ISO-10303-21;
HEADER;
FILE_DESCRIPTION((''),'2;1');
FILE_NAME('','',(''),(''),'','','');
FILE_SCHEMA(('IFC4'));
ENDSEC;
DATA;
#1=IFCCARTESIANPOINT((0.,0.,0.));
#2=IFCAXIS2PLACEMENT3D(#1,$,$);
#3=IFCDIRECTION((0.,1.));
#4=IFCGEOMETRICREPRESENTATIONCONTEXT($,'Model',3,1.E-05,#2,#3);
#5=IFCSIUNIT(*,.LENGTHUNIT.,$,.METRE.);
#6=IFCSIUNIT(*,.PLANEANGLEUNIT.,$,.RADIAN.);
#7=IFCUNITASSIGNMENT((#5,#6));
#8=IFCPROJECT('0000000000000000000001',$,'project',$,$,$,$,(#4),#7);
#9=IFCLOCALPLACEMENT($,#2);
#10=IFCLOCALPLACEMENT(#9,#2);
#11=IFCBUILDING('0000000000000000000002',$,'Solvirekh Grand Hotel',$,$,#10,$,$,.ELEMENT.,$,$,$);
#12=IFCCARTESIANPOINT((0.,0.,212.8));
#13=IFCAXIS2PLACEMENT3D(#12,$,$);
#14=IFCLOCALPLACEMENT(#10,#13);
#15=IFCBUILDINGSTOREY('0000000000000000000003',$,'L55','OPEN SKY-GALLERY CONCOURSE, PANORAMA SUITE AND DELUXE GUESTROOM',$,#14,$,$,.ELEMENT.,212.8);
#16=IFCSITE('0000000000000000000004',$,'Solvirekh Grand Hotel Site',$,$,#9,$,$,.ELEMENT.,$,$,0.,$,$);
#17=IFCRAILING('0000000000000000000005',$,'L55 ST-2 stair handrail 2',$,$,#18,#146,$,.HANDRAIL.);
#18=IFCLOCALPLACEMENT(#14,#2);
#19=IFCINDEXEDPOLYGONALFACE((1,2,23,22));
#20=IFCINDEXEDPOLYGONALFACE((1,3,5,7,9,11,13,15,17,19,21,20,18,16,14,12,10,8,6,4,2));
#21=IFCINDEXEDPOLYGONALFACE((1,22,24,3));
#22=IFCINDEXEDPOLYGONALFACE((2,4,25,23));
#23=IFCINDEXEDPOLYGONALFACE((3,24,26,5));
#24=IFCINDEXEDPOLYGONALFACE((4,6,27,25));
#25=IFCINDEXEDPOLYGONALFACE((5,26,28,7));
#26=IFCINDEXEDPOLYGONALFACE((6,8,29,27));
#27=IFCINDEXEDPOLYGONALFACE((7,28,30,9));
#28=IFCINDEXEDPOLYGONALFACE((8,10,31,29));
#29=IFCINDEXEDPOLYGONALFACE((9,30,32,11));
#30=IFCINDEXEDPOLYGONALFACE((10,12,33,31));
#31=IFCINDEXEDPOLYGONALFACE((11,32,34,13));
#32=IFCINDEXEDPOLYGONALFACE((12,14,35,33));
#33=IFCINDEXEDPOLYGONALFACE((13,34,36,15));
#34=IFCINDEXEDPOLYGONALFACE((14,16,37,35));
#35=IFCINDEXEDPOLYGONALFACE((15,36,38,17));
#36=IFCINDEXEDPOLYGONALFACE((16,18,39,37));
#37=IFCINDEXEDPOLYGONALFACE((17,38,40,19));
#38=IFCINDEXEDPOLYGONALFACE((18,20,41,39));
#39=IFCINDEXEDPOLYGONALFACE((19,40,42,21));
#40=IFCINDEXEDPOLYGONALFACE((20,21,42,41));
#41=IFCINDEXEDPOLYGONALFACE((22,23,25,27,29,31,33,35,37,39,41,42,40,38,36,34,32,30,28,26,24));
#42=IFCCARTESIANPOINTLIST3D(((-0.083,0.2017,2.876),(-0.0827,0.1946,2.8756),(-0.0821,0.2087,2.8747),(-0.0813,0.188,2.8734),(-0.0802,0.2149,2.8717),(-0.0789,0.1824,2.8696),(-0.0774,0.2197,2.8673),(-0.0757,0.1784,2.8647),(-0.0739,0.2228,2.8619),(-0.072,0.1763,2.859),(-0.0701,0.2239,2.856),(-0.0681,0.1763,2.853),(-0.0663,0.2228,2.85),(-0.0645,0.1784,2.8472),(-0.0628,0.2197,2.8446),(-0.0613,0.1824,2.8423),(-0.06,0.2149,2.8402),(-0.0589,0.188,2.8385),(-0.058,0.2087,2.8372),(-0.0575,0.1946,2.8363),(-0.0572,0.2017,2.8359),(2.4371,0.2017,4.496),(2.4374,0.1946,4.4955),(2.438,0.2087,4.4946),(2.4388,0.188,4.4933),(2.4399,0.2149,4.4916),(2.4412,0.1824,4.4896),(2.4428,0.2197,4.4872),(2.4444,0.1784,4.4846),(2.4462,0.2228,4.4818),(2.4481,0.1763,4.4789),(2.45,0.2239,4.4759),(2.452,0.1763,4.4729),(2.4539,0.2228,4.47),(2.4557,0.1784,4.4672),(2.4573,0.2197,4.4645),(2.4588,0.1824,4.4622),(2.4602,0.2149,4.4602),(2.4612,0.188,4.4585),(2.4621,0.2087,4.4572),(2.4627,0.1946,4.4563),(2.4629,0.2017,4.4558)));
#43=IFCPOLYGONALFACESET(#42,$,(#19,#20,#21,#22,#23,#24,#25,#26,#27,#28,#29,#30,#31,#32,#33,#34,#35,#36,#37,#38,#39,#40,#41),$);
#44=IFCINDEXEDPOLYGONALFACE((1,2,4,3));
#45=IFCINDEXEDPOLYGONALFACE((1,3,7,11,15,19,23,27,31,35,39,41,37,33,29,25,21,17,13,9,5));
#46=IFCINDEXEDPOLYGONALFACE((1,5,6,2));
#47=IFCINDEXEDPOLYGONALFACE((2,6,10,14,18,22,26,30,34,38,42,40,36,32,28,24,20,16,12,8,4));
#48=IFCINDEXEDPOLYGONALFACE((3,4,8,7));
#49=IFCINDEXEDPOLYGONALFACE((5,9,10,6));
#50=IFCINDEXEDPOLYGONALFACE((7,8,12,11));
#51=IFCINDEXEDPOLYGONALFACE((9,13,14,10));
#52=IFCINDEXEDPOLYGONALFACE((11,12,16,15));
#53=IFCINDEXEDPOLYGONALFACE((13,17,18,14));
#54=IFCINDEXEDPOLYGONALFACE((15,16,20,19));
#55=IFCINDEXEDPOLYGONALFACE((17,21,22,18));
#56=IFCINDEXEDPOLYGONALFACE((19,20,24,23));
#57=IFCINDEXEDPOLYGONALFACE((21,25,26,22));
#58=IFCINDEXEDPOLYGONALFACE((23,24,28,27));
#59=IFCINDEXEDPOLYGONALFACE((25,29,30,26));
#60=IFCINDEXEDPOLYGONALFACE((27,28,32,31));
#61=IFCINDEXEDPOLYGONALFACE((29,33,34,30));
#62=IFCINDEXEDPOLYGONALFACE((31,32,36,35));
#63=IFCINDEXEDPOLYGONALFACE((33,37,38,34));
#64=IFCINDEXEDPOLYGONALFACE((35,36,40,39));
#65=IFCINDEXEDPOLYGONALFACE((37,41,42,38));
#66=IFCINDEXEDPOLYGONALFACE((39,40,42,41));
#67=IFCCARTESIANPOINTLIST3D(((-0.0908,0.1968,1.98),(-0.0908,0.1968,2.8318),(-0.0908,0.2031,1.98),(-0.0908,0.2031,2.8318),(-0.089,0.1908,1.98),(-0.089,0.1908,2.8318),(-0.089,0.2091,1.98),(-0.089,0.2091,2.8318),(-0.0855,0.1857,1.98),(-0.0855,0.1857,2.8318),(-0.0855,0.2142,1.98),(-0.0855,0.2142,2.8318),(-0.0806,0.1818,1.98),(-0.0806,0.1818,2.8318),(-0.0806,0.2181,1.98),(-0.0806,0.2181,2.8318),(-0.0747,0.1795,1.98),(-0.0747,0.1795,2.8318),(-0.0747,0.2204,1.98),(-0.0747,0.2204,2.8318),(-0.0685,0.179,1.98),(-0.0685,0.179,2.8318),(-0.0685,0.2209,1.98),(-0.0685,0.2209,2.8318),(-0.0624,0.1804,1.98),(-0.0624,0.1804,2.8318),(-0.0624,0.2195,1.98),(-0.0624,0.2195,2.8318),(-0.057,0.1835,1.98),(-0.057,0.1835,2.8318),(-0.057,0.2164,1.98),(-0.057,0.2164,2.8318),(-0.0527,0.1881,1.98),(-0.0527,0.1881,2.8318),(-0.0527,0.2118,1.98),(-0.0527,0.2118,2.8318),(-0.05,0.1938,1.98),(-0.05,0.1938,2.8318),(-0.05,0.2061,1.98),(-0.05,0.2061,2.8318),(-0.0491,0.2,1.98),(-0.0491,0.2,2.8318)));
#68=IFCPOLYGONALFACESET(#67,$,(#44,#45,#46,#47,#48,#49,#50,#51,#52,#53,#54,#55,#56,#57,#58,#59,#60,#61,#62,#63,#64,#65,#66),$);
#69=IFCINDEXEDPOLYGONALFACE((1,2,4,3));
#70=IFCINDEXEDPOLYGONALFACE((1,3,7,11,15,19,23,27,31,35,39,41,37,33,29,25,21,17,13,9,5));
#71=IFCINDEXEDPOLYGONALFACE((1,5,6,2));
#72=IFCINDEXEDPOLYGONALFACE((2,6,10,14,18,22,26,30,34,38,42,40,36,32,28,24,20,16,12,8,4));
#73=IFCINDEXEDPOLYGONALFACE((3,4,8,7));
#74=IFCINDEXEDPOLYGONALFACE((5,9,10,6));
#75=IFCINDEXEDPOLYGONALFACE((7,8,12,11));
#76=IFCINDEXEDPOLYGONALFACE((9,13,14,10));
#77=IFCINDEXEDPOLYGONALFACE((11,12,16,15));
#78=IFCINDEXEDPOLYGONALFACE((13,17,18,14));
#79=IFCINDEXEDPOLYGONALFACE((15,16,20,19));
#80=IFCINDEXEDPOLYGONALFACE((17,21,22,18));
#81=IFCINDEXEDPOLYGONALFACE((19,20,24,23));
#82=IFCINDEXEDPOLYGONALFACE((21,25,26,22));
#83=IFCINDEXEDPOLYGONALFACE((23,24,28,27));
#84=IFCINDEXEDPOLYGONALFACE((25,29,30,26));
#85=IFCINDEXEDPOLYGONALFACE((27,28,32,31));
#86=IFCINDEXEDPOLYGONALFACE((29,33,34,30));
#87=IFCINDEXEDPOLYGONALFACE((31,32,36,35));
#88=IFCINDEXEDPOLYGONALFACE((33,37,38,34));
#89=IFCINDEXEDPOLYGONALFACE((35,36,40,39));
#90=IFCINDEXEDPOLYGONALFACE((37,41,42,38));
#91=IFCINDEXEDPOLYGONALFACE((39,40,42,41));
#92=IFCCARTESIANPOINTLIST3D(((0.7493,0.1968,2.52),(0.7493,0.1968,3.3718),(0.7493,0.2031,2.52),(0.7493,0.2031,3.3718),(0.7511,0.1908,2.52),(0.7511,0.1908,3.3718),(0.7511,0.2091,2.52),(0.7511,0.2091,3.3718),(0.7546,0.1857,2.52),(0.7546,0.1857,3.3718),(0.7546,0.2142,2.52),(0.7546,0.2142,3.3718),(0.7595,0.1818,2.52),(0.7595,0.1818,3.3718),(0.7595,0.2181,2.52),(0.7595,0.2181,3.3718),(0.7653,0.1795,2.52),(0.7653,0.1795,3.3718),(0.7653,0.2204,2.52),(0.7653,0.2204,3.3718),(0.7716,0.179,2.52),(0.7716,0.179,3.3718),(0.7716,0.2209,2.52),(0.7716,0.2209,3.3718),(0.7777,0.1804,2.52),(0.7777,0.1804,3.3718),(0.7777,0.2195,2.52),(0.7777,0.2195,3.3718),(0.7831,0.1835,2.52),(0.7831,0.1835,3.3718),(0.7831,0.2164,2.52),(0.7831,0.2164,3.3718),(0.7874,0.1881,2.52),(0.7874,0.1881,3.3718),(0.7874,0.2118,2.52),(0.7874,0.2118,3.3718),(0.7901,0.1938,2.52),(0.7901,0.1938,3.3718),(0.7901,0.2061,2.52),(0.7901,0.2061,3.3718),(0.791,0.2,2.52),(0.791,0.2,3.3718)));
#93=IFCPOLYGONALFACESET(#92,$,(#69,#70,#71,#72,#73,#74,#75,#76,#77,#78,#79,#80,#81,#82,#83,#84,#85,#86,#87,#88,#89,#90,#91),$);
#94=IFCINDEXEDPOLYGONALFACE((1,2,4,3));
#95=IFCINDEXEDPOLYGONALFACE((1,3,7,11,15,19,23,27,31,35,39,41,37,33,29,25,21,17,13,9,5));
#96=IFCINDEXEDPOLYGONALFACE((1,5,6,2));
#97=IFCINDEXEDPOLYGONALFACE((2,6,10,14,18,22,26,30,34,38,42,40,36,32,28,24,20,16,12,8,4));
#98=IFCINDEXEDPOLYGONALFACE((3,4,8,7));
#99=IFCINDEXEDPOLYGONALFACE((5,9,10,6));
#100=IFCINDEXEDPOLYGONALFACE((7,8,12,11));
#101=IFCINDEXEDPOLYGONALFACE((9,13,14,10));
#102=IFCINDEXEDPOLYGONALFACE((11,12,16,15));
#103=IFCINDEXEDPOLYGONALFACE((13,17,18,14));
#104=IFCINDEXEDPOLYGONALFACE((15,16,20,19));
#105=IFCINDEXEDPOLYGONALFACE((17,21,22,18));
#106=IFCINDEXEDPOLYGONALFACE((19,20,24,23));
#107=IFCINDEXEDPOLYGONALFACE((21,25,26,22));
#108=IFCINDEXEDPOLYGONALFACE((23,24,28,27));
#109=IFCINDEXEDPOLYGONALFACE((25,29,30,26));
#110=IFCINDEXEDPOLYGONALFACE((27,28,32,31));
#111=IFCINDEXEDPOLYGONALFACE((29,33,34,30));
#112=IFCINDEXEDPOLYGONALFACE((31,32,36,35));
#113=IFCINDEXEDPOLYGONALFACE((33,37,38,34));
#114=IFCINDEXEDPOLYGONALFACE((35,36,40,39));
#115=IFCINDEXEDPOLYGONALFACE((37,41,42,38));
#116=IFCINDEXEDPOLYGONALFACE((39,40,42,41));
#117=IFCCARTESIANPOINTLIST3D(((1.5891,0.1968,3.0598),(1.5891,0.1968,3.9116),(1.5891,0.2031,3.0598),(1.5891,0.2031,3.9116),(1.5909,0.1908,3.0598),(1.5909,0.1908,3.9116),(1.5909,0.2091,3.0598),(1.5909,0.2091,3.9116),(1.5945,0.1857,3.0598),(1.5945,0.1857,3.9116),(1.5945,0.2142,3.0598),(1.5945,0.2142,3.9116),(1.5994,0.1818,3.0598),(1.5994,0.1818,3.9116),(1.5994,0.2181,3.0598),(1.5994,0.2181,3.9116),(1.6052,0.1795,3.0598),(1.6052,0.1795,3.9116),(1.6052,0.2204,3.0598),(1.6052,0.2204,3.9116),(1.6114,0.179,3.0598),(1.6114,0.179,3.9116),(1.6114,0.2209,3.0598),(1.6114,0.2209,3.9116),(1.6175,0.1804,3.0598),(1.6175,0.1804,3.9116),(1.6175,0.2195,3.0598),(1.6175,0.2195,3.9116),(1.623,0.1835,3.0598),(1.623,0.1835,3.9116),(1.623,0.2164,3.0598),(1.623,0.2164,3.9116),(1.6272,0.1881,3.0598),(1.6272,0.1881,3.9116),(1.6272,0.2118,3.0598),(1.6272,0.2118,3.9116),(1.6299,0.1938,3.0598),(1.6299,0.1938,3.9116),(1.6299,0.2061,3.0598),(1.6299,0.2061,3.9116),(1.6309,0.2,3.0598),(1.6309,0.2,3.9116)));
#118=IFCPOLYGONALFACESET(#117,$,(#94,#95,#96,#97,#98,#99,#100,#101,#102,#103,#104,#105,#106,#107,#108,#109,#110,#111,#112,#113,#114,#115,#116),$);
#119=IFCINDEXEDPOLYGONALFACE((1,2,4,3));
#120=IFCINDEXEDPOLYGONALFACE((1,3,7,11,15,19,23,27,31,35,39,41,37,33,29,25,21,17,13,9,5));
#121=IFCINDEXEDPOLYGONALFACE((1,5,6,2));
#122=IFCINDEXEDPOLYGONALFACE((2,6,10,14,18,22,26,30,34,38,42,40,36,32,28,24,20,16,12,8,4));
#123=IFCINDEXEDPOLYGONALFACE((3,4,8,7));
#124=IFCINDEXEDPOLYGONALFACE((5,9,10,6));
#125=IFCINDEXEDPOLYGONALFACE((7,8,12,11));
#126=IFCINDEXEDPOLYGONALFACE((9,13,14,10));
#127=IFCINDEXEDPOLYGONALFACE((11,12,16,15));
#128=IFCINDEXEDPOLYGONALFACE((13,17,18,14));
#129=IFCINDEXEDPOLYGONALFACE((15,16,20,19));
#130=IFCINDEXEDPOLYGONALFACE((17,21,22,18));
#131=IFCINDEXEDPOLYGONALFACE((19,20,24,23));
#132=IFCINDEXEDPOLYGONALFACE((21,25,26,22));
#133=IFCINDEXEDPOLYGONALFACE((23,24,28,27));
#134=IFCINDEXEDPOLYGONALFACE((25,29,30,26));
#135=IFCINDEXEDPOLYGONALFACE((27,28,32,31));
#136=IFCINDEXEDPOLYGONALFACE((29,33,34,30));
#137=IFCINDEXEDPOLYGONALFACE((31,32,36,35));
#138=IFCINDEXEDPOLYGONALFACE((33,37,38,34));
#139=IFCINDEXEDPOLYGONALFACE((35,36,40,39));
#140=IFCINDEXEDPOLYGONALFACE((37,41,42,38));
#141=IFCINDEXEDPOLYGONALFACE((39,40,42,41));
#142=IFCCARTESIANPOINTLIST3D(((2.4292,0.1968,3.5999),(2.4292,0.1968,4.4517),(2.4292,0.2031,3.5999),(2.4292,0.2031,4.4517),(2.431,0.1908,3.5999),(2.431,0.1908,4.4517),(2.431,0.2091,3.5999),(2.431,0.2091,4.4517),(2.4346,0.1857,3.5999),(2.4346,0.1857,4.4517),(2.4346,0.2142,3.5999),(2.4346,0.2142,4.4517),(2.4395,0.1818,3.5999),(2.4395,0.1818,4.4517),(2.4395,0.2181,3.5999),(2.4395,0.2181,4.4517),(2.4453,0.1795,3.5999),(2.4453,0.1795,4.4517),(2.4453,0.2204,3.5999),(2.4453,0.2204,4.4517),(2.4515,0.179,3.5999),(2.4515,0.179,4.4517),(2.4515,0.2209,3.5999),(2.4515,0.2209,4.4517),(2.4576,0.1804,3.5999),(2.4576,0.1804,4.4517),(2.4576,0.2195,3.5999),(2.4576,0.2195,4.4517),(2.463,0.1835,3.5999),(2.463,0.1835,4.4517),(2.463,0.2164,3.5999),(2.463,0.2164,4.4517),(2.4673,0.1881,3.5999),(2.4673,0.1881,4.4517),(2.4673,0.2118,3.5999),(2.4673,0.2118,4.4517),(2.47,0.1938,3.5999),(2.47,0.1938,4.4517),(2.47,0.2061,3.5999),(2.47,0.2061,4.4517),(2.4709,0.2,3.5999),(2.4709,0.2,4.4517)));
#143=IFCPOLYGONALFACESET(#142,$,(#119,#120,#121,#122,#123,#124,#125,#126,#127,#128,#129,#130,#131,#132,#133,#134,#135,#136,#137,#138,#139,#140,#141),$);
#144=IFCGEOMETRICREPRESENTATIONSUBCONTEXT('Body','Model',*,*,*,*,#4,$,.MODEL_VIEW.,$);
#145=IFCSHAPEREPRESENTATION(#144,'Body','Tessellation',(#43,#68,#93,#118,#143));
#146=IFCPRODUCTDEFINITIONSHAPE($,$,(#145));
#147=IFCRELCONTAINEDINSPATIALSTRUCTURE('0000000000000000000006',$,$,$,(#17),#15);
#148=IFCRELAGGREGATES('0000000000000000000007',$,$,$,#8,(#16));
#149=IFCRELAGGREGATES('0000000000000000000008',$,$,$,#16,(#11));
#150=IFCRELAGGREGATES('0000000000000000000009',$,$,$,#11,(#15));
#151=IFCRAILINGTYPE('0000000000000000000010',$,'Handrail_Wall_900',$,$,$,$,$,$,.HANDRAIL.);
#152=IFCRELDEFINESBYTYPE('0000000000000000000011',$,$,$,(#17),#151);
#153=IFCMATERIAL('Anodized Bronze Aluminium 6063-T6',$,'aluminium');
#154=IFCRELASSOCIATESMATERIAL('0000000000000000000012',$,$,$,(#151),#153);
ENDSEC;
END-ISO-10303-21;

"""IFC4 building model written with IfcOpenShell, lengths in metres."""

from ifc_helpers import new_model, si_unit, direction, frame, origin, origin_2d, place, context, subcontext, project, spatial, circle, extrude, material, type_object, element, save


model = new_model("IFC4")

# Units and contexts
model_context = context("Model", 3, precision=1e-05, world=origin(), true_north=direction((0.0, 1.0)))
body_context = subcontext(model_context, "Body", "Model", "MODEL_VIEW")
ifc_project = project(units=[si_unit("LENGTHUNIT", "METRE"), si_unit("PLANEANGLEUNIT", "RADIAN")], contexts=[model_context])

# Site, building, storey
site_placement = place(None, origin())
site = spatial("IfcSite", under=ifc_project, at=site_placement, Name="Solvirekh Grand Hotel Site", CompositionType="ELEMENT", RefElevation=0.0)
building_placement = place(site_placement, origin())
building = spatial("IfcBuilding", under=site, at=building_placement, Name="Solvirekh Grand Hotel", CompositionType="ELEMENT")
storey_placement = place(building_placement, frame((0.0, 0.0, 212.8)))
storey = spatial("IfcBuildingStorey", under=building, at=storey_placement, Name="L55", Description="OPEN SKY-GALLERY CONCOURSE, PANORAMA SUITE AND DELUXE GUESTROOM", CompositionType="ELEMENT", Elevation=212.8)

# Railing
ifc_material_1 = material(Name="Anodized Bronze Aluminium 6063-T6", Category="aluminium")
railing_type_1 = type_object("IfcRailingType", Name="Handrail_Wall_900", PredefinedType="HANDRAIL", material=ifc_material_1)
railing_1_placement = place(storey_placement, frame((-0.0701, 0.2, 1.98)))
element("IfcRailing", 1, at=railing_1_placement, inside=storey, type_object=railing_type_1, Name="L55 ST-2 stair handrail 2", PredefinedType="HANDRAIL", context=body_context, shape_type="SweptSolid", body=[
    extrude(circle(Radius=0.0239, at=origin_2d()), frame((0.0, 0.0, 0.876), z_axis=(0.8412, 0.0, 0.540725), x_axis=(0.0, 1.0, 0.0)), (0.0, 0.0, 1.0), 2.9958),
    extrude(circle(Radius=0.021, at=origin_2d()), origin(), (0.0, 0.0, 1.0), 0.8518),
    extrude(circle(Radius=0.021, at=origin_2d()), frame((0.8401, 0.0, 0.54)), (0.0, 0.0, 1.0), 0.8518),
    extrude(circle(Radius=0.021, at=origin_2d()), frame((1.6799, 0.0, 1.0798)), (0.0, 0.0, 1.0), 0.8518),
    extrude(circle(Radius=0.021, at=origin_2d()), frame((2.52, 0.0, 1.6199)), (0.0, 0.0, 1.0), 0.8518),
])

save(model, "model.ifc")
